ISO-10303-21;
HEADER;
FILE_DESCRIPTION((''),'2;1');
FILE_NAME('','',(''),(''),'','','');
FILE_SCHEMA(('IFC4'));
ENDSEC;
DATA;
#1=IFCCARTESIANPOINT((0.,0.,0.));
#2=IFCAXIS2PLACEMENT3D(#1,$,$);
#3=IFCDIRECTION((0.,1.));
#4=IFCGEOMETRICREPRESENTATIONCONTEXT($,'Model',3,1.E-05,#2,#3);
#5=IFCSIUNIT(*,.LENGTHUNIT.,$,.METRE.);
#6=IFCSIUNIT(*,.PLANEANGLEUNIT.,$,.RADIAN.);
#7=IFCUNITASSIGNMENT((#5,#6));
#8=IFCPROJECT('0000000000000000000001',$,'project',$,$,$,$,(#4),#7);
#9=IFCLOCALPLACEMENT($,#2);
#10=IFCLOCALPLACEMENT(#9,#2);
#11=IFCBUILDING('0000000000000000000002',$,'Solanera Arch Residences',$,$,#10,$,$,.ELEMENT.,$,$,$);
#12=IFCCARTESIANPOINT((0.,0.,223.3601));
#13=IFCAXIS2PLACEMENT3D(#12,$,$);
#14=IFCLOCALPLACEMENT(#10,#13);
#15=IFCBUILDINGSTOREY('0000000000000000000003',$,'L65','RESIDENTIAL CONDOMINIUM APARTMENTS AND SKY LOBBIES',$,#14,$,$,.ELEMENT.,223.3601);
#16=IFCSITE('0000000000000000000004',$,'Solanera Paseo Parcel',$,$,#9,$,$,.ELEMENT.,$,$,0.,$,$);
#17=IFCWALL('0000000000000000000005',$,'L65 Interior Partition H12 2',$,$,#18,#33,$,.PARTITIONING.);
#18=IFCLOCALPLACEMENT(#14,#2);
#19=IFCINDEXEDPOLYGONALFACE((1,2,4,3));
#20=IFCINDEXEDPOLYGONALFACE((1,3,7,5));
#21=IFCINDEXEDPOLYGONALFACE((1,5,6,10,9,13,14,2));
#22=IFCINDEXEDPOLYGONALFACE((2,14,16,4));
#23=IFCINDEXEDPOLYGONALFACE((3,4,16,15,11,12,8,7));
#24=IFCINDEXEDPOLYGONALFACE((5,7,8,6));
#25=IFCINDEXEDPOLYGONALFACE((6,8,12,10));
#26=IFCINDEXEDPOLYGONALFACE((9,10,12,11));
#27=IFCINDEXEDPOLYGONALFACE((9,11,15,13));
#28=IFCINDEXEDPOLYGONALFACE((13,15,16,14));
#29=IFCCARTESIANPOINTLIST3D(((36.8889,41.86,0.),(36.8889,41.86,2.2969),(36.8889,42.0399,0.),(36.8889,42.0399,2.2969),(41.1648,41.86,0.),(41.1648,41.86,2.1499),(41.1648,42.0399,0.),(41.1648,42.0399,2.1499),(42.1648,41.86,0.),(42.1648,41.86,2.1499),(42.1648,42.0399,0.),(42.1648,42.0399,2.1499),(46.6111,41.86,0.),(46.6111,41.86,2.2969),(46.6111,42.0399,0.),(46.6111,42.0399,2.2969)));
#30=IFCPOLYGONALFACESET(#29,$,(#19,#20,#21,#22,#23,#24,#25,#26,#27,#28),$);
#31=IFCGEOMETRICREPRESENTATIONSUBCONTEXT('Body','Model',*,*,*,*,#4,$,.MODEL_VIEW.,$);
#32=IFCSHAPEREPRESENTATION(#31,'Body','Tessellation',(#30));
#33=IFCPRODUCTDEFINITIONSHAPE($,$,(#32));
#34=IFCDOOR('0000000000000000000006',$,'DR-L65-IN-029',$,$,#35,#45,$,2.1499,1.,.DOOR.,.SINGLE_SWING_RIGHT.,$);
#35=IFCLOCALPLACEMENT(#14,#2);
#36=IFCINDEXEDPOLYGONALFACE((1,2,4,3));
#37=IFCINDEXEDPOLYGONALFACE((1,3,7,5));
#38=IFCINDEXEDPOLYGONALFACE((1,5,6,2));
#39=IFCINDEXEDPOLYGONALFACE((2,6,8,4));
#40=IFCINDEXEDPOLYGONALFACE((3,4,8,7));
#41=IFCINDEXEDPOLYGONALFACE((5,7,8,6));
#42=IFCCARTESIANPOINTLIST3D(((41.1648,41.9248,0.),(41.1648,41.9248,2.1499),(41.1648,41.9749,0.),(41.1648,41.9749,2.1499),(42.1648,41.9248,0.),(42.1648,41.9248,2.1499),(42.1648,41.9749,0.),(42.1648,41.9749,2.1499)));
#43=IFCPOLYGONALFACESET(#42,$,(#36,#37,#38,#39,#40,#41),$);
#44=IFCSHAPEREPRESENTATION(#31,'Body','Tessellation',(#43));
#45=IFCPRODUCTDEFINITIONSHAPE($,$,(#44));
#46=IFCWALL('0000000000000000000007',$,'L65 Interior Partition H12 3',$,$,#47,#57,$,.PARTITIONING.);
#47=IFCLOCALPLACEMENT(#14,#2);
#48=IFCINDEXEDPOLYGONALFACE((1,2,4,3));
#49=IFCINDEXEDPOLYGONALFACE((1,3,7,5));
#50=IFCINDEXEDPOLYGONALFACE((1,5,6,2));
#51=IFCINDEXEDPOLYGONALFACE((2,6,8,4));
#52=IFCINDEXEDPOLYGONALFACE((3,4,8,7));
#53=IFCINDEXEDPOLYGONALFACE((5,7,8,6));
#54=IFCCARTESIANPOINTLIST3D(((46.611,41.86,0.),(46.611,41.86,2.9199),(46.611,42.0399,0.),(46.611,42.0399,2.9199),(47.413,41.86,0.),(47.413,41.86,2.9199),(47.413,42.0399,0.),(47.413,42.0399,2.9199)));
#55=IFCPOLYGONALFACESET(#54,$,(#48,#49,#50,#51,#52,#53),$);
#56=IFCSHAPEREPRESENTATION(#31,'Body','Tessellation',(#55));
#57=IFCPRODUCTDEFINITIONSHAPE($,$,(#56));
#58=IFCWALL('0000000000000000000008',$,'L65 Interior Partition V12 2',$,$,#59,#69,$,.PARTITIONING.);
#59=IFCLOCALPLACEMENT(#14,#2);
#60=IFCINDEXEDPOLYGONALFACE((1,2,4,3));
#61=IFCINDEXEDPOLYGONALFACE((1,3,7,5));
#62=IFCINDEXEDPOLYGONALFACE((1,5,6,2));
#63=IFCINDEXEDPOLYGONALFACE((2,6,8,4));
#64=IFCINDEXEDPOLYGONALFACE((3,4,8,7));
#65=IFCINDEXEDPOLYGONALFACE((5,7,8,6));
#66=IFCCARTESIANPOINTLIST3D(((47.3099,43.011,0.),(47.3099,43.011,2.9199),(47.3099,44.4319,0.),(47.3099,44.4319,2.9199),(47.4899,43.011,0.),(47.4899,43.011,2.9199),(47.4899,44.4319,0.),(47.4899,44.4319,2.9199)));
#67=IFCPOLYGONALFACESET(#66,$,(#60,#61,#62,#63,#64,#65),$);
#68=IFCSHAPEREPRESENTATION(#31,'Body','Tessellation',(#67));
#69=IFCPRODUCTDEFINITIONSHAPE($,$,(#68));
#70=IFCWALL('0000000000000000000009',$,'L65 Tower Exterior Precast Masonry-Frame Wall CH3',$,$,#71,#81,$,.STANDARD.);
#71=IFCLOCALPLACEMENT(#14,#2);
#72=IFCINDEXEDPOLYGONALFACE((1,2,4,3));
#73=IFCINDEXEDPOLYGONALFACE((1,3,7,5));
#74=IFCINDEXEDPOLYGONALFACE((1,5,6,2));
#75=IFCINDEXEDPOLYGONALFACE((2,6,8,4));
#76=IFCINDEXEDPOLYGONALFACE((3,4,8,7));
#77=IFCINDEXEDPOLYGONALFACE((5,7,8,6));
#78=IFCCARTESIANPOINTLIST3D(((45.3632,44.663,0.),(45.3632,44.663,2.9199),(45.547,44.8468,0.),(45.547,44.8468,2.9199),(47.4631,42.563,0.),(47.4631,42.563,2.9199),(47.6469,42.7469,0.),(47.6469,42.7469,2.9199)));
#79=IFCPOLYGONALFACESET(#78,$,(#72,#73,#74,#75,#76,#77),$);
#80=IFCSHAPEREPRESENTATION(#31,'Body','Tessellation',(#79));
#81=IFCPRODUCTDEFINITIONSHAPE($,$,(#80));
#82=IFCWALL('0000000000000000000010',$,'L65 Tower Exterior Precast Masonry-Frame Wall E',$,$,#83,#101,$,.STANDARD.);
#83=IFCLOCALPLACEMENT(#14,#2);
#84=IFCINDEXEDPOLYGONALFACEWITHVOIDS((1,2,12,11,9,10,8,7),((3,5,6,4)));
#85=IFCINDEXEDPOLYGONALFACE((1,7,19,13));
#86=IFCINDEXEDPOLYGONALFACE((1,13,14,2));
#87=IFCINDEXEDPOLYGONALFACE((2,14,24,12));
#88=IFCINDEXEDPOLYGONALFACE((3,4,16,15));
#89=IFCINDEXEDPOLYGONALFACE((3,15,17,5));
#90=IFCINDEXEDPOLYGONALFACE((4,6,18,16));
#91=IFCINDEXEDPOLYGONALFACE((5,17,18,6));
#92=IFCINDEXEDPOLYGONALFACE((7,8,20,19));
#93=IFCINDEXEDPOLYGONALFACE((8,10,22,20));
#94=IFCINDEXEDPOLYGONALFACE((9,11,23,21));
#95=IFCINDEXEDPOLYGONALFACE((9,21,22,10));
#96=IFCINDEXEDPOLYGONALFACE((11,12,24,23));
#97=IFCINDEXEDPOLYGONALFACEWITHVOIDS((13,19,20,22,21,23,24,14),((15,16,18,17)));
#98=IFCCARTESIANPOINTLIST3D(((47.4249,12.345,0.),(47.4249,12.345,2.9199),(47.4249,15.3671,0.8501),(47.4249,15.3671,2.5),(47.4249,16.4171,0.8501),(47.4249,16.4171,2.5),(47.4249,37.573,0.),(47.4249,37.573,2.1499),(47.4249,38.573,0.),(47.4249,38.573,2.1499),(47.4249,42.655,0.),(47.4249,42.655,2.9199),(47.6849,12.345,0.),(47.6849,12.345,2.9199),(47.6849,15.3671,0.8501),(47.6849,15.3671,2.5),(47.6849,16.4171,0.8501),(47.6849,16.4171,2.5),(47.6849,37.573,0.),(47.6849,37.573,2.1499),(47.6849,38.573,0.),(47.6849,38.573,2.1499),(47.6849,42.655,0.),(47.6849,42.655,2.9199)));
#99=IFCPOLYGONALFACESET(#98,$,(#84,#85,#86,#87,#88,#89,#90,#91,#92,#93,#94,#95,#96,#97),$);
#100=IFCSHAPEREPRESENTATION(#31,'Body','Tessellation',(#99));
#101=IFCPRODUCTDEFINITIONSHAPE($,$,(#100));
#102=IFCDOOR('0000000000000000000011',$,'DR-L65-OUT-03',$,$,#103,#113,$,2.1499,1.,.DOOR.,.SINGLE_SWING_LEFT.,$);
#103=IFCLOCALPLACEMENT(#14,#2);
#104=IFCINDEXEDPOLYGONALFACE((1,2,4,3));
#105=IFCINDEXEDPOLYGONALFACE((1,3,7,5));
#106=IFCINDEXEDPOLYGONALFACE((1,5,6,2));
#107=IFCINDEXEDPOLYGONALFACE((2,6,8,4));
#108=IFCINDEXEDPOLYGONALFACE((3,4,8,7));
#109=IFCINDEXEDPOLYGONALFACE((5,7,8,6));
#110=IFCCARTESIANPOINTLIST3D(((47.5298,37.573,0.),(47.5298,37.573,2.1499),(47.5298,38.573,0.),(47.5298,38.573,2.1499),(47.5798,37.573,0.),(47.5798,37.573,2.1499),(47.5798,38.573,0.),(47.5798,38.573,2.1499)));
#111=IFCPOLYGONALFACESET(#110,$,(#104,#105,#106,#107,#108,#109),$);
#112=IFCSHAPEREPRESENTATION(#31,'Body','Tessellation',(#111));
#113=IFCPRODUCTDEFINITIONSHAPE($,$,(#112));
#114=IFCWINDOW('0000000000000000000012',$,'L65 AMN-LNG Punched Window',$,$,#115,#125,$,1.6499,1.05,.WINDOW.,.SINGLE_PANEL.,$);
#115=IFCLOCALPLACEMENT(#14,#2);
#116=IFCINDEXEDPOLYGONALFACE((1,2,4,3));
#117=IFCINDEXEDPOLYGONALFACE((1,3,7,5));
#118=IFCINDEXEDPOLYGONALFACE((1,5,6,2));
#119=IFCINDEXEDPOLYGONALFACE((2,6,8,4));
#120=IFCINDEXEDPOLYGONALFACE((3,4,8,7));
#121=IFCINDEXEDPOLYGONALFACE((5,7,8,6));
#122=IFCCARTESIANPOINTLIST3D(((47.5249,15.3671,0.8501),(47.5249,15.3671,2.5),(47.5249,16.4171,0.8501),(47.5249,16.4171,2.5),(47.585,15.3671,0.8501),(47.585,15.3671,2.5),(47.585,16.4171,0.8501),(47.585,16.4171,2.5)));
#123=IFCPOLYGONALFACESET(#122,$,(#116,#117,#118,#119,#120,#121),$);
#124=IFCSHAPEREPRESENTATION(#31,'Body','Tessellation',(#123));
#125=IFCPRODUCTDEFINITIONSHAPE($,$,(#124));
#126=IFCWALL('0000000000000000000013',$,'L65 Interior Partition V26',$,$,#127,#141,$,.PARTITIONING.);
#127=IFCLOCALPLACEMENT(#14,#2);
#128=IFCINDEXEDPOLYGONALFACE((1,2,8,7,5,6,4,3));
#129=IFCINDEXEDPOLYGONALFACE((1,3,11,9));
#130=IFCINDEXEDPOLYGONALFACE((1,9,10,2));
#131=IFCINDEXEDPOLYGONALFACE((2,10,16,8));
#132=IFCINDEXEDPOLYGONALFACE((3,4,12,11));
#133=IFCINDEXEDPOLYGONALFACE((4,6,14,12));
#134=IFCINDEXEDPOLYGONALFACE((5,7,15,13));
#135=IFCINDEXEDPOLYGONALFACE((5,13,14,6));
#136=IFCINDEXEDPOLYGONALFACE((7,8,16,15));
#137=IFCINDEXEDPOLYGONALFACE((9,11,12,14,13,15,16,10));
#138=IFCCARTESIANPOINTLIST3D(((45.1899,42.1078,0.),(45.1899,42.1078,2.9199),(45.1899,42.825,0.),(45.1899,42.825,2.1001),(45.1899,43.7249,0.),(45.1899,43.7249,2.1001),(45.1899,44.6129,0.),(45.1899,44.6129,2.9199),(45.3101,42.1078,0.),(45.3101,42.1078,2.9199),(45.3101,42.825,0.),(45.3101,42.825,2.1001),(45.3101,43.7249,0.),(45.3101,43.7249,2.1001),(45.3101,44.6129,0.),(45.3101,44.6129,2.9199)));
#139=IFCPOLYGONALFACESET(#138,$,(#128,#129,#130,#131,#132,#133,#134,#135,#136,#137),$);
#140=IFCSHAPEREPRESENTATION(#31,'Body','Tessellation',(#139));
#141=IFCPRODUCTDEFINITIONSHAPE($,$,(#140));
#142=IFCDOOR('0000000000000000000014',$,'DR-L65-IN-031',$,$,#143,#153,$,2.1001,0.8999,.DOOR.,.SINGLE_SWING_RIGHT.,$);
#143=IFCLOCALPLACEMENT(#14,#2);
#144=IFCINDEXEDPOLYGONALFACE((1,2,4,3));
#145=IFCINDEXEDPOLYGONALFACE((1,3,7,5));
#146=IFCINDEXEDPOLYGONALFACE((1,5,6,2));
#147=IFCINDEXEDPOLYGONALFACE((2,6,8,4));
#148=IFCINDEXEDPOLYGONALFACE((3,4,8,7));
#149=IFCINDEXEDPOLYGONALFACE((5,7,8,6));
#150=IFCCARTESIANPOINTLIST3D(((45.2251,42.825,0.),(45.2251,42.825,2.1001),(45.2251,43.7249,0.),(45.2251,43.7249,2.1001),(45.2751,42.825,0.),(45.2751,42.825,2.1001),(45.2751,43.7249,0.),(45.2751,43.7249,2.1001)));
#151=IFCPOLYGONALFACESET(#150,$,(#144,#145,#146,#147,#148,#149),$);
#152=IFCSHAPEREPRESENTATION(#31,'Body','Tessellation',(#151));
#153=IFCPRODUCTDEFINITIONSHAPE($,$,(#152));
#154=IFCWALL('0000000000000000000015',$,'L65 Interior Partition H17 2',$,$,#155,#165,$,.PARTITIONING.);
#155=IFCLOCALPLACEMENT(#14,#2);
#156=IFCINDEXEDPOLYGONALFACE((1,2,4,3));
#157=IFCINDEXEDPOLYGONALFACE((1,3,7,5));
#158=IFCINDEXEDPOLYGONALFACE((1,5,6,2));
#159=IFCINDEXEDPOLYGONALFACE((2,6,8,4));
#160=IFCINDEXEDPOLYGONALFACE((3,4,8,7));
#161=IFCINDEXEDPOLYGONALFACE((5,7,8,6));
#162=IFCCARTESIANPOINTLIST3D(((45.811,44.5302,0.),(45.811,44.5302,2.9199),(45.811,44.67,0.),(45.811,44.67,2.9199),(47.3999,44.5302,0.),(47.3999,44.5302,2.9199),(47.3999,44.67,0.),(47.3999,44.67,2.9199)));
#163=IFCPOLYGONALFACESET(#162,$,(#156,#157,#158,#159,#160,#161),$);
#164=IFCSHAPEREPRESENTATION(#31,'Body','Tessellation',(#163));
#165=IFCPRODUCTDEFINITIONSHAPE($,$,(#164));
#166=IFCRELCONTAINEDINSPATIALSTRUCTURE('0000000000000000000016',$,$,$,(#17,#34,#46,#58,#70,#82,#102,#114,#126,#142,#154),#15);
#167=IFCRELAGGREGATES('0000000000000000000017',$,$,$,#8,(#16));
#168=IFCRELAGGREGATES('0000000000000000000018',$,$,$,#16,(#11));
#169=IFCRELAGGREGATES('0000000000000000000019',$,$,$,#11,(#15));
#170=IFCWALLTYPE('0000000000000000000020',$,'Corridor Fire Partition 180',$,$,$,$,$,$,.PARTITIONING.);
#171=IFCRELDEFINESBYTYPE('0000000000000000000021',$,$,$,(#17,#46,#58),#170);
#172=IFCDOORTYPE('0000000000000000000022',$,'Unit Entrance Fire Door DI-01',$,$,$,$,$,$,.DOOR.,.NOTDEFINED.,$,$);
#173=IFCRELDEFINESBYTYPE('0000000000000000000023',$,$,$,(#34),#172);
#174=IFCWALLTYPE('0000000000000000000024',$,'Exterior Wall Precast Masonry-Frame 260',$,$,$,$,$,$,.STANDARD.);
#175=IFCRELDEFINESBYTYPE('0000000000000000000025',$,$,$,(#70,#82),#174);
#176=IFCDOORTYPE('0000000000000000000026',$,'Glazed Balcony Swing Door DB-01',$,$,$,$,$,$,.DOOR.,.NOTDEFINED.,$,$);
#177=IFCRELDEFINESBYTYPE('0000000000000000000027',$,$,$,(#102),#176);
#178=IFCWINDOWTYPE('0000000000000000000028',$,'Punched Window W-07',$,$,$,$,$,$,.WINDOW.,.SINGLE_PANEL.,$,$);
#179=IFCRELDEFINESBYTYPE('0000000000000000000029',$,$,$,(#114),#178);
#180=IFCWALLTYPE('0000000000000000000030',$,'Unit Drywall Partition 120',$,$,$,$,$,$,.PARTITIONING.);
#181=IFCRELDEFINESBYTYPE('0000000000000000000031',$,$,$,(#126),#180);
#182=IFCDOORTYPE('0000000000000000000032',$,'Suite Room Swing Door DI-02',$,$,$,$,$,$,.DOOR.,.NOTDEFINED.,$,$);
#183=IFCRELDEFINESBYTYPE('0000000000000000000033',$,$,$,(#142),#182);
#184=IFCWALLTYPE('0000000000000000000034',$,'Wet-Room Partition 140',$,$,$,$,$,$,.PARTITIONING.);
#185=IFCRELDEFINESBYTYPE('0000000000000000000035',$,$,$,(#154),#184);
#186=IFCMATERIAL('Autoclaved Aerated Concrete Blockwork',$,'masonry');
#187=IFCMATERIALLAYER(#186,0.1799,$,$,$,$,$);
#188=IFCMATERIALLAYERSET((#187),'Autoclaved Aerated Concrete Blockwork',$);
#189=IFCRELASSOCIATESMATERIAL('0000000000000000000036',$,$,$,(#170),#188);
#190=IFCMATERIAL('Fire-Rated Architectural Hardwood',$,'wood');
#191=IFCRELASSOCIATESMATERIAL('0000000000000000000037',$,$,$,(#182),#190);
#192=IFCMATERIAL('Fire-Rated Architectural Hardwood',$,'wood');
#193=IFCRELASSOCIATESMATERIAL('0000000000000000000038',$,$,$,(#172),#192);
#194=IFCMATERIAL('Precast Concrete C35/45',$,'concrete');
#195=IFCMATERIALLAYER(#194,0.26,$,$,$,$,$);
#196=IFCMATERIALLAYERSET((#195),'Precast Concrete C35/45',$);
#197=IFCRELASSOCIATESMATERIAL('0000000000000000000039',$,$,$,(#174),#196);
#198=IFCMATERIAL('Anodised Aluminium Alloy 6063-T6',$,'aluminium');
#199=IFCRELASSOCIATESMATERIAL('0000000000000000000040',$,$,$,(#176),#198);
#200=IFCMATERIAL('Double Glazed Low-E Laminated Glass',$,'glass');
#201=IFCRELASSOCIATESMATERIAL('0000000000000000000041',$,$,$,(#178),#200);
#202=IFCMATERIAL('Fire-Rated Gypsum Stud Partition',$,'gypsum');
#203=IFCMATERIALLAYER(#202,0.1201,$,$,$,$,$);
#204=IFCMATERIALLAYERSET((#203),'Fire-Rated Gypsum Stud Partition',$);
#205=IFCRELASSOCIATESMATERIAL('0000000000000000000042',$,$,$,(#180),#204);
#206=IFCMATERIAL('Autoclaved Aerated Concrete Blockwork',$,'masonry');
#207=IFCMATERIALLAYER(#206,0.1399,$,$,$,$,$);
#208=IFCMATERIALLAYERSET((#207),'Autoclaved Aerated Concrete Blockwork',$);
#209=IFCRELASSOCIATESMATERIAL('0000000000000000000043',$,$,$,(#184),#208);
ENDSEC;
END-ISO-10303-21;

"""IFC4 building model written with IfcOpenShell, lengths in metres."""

from ifc_helpers import new_model, si_unit, direction, frame, frame_2d, origin, place, context, subcontext, project, spatial, rectangle, extrude, material, layer, layer_set, type_object, element, fill, save


model = new_model("IFC4")

# Units and contexts
model_context = context("Model", 3, precision=1e-05, world=origin(), true_north=direction((0.0, 1.0)))
body_context = subcontext(model_context, "Body", "Model", "MODEL_VIEW")
ifc_project = project(units=[si_unit("LENGTHUNIT", "METRE"), si_unit("PLANEANGLEUNIT", "RADIAN")], contexts=[model_context])

# Site, building, storey
site_placement = place(None, origin())
site = spatial("IfcSite", under=ifc_project, at=site_placement, Name="Solanera Paseo Parcel", CompositionType="ELEMENT", RefElevation=0.0)
building_placement = place(site_placement, origin())
building = spatial("IfcBuilding", under=site, at=building_placement, Name="Solanera Arch Residences", CompositionType="ELEMENT")
storey_placement = place(building_placement, frame((0.0, 0.0, 223.3601)))
storey = spatial("IfcBuildingStorey", under=building, at=storey_placement, Name="L65", Description="RESIDENTIAL CONDOMINIUM APARTMENTS AND SKY LOBBIES", CompositionType="ELEMENT", Elevation=223.3601)

# Shared definitions
ifc_material_1 = material(Name="Autoclaved Aerated Concrete Blockwork", Category="masonry")
ifc_layer_1 = layer(ifc_material_1, 0.1799)
ifc_layer_set_1 = layer_set([ifc_layer_1], Name="Autoclaved Aerated Concrete Blockwork")
wall_type_1 = type_object("IfcWallType", Name="Corridor Fire Partition 180", PredefinedType="PARTITIONING", material=ifc_layer_set_1)
ifc_material_2 = material(Name="Fire-Rated Architectural Hardwood", Category="wood")
door_type_1 = type_object("IfcDoorType", Name="Suite Room Swing Door DI-02", OperationType="NOTDEFINED", PredefinedType="DOOR", material=ifc_material_2)

# Wall, opening, door
wall_1_placement = place(storey_placement, frame((36.8889, 41.95, 0.0), z_axis=(0.0, 0.0, 1.0), x_axis=(1.0, 0.0, 0.0)))
wall_1 = element("IfcWall", 1, at=wall_1_placement, inside=storey, type_object=wall_type_1, Name="L65 Interior Partition H12 2", PredefinedType="PARTITIONING", context=body_context, shape_type="SweptSolid", body=[
    extrude(rectangle(XDim=9.7222, YDim=0.1799, at=frame_2d((4.8611, 0.0))), origin(), (0.0, 0.0, 1.0), 2.2969),
])
opening_1_placement = place(wall_1_placement, frame((4.2759, 0.0, 0.0)))
opening_1 = element("IfcOpeningElement", 2, at=opening_1_placement, cuts=wall_1, PredefinedType="OPENING", context=body_context, shape_type="SweptSolid", body=[
    extrude(rectangle(XDim=1.0, YDim=2.1499, at=frame_2d((0.5, 1.075))), frame((0.0, 0.1001, 0.0), z_axis=(0.0, -1.0, 0.0), x_axis=(1.0, 0.0, 0.0)), (0.0, 0.0, 1.0), 0.1999),
])
ifc_material_3 = material(Name="Fire-Rated Architectural Hardwood", Category="wood")
door_type_2 = type_object("IfcDoorType", Name="Unit Entrance Fire Door DI-01", OperationType="NOTDEFINED", PredefinedType="DOOR", material=ifc_material_3)
door_1_placement = place(opening_1_placement, origin())
door_1 = element("IfcDoor", 3, at=door_1_placement, inside=storey, type_object=door_type_2, Name="DR-L65-IN-029", OperationType="SINGLE_SWING_RIGHT", OverallHeight=2.1499, OverallWidth=1.0, PredefinedType="DOOR", context=body_context, shape_type="SweptSolid", body=[
    extrude(rectangle(XDim=1.0, YDim=2.1499, at=frame_2d((0.5, 1.075))), frame((0.0, 0.0249, 0.0), z_axis=(0.0, -1.0, 0.0), x_axis=(1.0, 0.0, 0.0)), (0.0, 0.0, 1.0), 0.05),
])
fill(opening_1, door_1)

# Walls
wall_2_placement = place(storey_placement, frame((46.6111, 41.95, 0.0), z_axis=(0.0, 0.0, 1.0), x_axis=(1.0, 0.0, 0.0)))
element("IfcWall", 4, at=wall_2_placement, inside=storey, type_object=wall_type_1, Name="L65 Interior Partition H12 3", PredefinedType="PARTITIONING", context=body_context, shape_type="SweptSolid", body=[
    extrude(rectangle(XDim=0.802, YDim=0.1799, at=frame_2d((0.4009, 0.0))), origin(), (0.0, 0.0, 1.0), 2.9199),
])
wall_3_placement = place(storey_placement, frame((47.3999, 43.011, 0.0), z_axis=(0.0, 0.0, 1.0), x_axis=(0.0, 1.0, 0.0)))
element("IfcWall", 5, at=wall_3_placement, inside=storey, type_object=wall_type_1, Name="L65 Interior Partition V12 2", PredefinedType="PARTITIONING", context=body_context, shape_type="SweptSolid", body=[
    extrude(rectangle(XDim=1.4209, YDim=0.1799, at=frame_2d((0.7104, 0.0))), origin(), (0.0, 0.0, 1.0), 2.9199),
])
ifc_material_4 = material(Name="Precast Concrete C35/45", Category="concrete")
ifc_layer_2 = layer(ifc_material_4, 0.26)
ifc_layer_set_2 = layer_set([ifc_layer_2], Name="Precast Concrete C35/45")
wall_type_2 = type_object("IfcWallType", Name="Exterior Wall Precast Masonry-Frame 260", PredefinedType="STANDARD", material=ifc_layer_set_2)
wall_4_placement = place(storey_placement, frame((45.4551, 44.7549, 0.0), z_axis=(0.0, 0.0, 1.0), x_axis=(0.707107, -0.707107, 0.0)))
element("IfcWall", 6, at=wall_4_placement, inside=storey, type_object=wall_type_2, Name="L65 Tower Exterior Precast Masonry-Frame Wall CH3", PredefinedType="STANDARD", context=body_context, shape_type="SweptSolid", body=[
    extrude(rectangle(XDim=2.9697, YDim=0.26, at=frame_2d((1.4849, 0.0))), origin(), (0.0, 0.0, 1.0), 2.9199),
])

# Wall, openings, door, window
wall_5_placement = place(storey_placement, frame((47.5549, 42.655, 0.0), z_axis=(0.0, 0.0, 1.0), x_axis=(0.0, -1.0, 0.0)))
wall_5 = element("IfcWall", 7, at=wall_5_placement, inside=storey, type_object=wall_type_2, Name="L65 Tower Exterior Precast Masonry-Frame Wall E", PredefinedType="STANDARD", context=body_context, shape_type="SweptSolid", body=[
    extrude(rectangle(XDim=30.3101, YDim=0.26, at=frame_2d((15.155, 0.0))), origin(), (0.0, 0.0, 1.0), 2.9199),
])
opening_2_placement = place(wall_5_placement, frame((4.082, 0.0, 0.0)))
opening_2 = element("IfcOpeningElement", 8, at=opening_2_placement, cuts=wall_5, PredefinedType="OPENING", context=body_context, shape_type="SweptSolid", body=[
    extrude(rectangle(XDim=1.0, YDim=2.1499, at=frame_2d((0.5, 1.075))), frame((0.0, 0.1399, 0.0), z_axis=(0.0, -1.0, 0.0), x_axis=(1.0, 0.0, 0.0)), (0.0, 0.0, 1.0), 0.28),
])
opening_3_placement = place(wall_5_placement, frame((26.238, 0.0, 0.8501)))
opening_3 = element("IfcOpeningElement", 9, at=opening_3_placement, cuts=wall_5, PredefinedType="OPENING", context=body_context, shape_type="SweptSolid", body=[
    extrude(rectangle(XDim=1.05, YDim=1.6499, at=frame_2d((0.5249, 0.825))), frame((0.0, 0.1399, 0.0), z_axis=(0.0, -1.0, 0.0), x_axis=(1.0, 0.0, 0.0)), (0.0, 0.0, 1.0), 0.28),
])
ifc_material_5 = material(Name="Anodised Aluminium Alloy 6063-T6", Category="aluminium")
door_type_3 = type_object("IfcDoorType", Name="Glazed Balcony Swing Door DB-01", OperationType="NOTDEFINED", PredefinedType="DOOR", material=ifc_material_5)
door_2_placement = place(opening_2_placement, origin())
door_2 = element("IfcDoor", 10, at=door_2_placement, inside=storey, type_object=door_type_3, Name="DR-L65-OUT-03", OperationType="SINGLE_SWING_LEFT", OverallHeight=2.1499, OverallWidth=1.0, PredefinedType="DOOR", context=body_context, shape_type="SweptSolid", body=[
    extrude(rectangle(XDim=1.0, YDim=2.1499, at=frame_2d((0.5, 1.075))), frame((0.0, 0.0249, 0.0), z_axis=(0.0, -1.0, 0.0), x_axis=(1.0, 0.0, 0.0)), (0.0, 0.0, 1.0), 0.05),
])
fill(opening_2, door_2)
ifc_material_6 = material(Name="Double Glazed Low-E Laminated Glass", Category="glass")
window_type = type_object("IfcWindowType", Name="Punched Window W-07", PartitioningType="SINGLE_PANEL", PredefinedType="WINDOW", material=ifc_material_6)
window_placement = place(opening_3_placement, origin())
window = element("IfcWindow", 11, at=window_placement, inside=storey, type_object=window_type, Name="L65 AMN-LNG Punched Window", OverallHeight=1.6499, OverallWidth=1.05, PartitioningType="SINGLE_PANEL", PredefinedType="WINDOW", context=body_context, shape_type="SweptSolid", body=[
    extrude(rectangle(XDim=1.05, YDim=1.6499, at=frame_2d((0.5249, 0.825))), frame((0.0, 0.03, 0.0), z_axis=(0.0, -1.0, 0.0), x_axis=(1.0, 0.0, 0.0)), (0.0, 0.0, 1.0), 0.0601),
])
fill(opening_3, window)

# Wall, opening, door
ifc_material_7 = material(Name="Fire-Rated Gypsum Stud Partition", Category="gypsum")
ifc_layer_3 = layer(ifc_material_7, 0.1201)
ifc_layer_set_3 = layer_set([ifc_layer_3], Name="Fire-Rated Gypsum Stud Partition")
wall_type_3 = type_object("IfcWallType", Name="Unit Drywall Partition 120", PredefinedType="PARTITIONING", material=ifc_layer_set_3)
wall_6_placement = place(storey_placement, frame((45.25, 42.1079, 0.0), z_axis=(0.0, 0.0, 1.0), x_axis=(0.0, 1.0, 0.0)))
wall_6 = element("IfcWall", 12, at=wall_6_placement, inside=storey, type_object=wall_type_3, Name="L65 Interior Partition V26", PredefinedType="PARTITIONING", context=body_context, shape_type="SweptSolid", body=[
    extrude(rectangle(XDim=2.5051, YDim=0.1201, at=frame_2d((1.2524, 0.0))), origin(), (0.0, 0.0, 1.0), 2.9199),
])
opening_4_placement = place(wall_6_placement, frame((0.717, 0.0, 0.0)))
opening_4 = element("IfcOpeningElement", 13, at=opening_4_placement, cuts=wall_6, PredefinedType="OPENING", context=body_context, shape_type="SweptSolid", body=[
    extrude(rectangle(XDim=0.8999, YDim=2.1001, at=frame_2d((0.45, 1.05))), frame((0.0, 0.0701, 0.0), z_axis=(0.0, -1.0, 0.0), x_axis=(1.0, 0.0, 0.0)), (0.0, 0.0, 1.0), 0.1401),
])
door_3_placement = place(opening_4_placement, origin())
door_3 = element("IfcDoor", 14, at=door_3_placement, inside=storey, type_object=door_type_1, Name="DR-L65-IN-031", OperationType="SINGLE_SWING_RIGHT", OverallHeight=2.1001, OverallWidth=0.8999, PredefinedType="DOOR", context=body_context, shape_type="SweptSolid", body=[
    extrude(rectangle(XDim=0.8999, YDim=2.1001, at=frame_2d((0.45, 1.05))), frame((0.0, 0.0249, 0.0), z_axis=(0.0, -1.0, 0.0), x_axis=(1.0, 0.0, 0.0)), (0.0, 0.0, 1.0), 0.05),
])
fill(opening_4, door_3)

# Wall
ifc_material_8 = material(Name="Autoclaved Aerated Concrete Blockwork", Category="masonry")
ifc_layer_4 = layer(ifc_material_8, 0.1399)
ifc_layer_set_4 = layer_set([ifc_layer_4], Name="Autoclaved Aerated Concrete Blockwork")
wall_type_4 = type_object("IfcWallType", Name="Wet-Room Partition 140", PredefinedType="PARTITIONING", material=ifc_layer_set_4)
wall_7_placement = place(storey_placement, frame((45.811, 44.6001, 0.0), z_axis=(0.0, 0.0, 1.0), x_axis=(1.0, 0.0, 0.0)))
element("IfcWall", 15, at=wall_7_placement, inside=storey, type_object=wall_type_4, Name="L65 Interior Partition H17 2", PredefinedType="PARTITIONING", context=body_context, shape_type="SweptSolid", body=[
    extrude(rectangle(XDim=1.5889, YDim=0.1399, at=frame_2d((0.7944, 0.0))), origin(), (0.0, 0.0, 1.0), 2.9199),
])

save(model, "model.ifc")
